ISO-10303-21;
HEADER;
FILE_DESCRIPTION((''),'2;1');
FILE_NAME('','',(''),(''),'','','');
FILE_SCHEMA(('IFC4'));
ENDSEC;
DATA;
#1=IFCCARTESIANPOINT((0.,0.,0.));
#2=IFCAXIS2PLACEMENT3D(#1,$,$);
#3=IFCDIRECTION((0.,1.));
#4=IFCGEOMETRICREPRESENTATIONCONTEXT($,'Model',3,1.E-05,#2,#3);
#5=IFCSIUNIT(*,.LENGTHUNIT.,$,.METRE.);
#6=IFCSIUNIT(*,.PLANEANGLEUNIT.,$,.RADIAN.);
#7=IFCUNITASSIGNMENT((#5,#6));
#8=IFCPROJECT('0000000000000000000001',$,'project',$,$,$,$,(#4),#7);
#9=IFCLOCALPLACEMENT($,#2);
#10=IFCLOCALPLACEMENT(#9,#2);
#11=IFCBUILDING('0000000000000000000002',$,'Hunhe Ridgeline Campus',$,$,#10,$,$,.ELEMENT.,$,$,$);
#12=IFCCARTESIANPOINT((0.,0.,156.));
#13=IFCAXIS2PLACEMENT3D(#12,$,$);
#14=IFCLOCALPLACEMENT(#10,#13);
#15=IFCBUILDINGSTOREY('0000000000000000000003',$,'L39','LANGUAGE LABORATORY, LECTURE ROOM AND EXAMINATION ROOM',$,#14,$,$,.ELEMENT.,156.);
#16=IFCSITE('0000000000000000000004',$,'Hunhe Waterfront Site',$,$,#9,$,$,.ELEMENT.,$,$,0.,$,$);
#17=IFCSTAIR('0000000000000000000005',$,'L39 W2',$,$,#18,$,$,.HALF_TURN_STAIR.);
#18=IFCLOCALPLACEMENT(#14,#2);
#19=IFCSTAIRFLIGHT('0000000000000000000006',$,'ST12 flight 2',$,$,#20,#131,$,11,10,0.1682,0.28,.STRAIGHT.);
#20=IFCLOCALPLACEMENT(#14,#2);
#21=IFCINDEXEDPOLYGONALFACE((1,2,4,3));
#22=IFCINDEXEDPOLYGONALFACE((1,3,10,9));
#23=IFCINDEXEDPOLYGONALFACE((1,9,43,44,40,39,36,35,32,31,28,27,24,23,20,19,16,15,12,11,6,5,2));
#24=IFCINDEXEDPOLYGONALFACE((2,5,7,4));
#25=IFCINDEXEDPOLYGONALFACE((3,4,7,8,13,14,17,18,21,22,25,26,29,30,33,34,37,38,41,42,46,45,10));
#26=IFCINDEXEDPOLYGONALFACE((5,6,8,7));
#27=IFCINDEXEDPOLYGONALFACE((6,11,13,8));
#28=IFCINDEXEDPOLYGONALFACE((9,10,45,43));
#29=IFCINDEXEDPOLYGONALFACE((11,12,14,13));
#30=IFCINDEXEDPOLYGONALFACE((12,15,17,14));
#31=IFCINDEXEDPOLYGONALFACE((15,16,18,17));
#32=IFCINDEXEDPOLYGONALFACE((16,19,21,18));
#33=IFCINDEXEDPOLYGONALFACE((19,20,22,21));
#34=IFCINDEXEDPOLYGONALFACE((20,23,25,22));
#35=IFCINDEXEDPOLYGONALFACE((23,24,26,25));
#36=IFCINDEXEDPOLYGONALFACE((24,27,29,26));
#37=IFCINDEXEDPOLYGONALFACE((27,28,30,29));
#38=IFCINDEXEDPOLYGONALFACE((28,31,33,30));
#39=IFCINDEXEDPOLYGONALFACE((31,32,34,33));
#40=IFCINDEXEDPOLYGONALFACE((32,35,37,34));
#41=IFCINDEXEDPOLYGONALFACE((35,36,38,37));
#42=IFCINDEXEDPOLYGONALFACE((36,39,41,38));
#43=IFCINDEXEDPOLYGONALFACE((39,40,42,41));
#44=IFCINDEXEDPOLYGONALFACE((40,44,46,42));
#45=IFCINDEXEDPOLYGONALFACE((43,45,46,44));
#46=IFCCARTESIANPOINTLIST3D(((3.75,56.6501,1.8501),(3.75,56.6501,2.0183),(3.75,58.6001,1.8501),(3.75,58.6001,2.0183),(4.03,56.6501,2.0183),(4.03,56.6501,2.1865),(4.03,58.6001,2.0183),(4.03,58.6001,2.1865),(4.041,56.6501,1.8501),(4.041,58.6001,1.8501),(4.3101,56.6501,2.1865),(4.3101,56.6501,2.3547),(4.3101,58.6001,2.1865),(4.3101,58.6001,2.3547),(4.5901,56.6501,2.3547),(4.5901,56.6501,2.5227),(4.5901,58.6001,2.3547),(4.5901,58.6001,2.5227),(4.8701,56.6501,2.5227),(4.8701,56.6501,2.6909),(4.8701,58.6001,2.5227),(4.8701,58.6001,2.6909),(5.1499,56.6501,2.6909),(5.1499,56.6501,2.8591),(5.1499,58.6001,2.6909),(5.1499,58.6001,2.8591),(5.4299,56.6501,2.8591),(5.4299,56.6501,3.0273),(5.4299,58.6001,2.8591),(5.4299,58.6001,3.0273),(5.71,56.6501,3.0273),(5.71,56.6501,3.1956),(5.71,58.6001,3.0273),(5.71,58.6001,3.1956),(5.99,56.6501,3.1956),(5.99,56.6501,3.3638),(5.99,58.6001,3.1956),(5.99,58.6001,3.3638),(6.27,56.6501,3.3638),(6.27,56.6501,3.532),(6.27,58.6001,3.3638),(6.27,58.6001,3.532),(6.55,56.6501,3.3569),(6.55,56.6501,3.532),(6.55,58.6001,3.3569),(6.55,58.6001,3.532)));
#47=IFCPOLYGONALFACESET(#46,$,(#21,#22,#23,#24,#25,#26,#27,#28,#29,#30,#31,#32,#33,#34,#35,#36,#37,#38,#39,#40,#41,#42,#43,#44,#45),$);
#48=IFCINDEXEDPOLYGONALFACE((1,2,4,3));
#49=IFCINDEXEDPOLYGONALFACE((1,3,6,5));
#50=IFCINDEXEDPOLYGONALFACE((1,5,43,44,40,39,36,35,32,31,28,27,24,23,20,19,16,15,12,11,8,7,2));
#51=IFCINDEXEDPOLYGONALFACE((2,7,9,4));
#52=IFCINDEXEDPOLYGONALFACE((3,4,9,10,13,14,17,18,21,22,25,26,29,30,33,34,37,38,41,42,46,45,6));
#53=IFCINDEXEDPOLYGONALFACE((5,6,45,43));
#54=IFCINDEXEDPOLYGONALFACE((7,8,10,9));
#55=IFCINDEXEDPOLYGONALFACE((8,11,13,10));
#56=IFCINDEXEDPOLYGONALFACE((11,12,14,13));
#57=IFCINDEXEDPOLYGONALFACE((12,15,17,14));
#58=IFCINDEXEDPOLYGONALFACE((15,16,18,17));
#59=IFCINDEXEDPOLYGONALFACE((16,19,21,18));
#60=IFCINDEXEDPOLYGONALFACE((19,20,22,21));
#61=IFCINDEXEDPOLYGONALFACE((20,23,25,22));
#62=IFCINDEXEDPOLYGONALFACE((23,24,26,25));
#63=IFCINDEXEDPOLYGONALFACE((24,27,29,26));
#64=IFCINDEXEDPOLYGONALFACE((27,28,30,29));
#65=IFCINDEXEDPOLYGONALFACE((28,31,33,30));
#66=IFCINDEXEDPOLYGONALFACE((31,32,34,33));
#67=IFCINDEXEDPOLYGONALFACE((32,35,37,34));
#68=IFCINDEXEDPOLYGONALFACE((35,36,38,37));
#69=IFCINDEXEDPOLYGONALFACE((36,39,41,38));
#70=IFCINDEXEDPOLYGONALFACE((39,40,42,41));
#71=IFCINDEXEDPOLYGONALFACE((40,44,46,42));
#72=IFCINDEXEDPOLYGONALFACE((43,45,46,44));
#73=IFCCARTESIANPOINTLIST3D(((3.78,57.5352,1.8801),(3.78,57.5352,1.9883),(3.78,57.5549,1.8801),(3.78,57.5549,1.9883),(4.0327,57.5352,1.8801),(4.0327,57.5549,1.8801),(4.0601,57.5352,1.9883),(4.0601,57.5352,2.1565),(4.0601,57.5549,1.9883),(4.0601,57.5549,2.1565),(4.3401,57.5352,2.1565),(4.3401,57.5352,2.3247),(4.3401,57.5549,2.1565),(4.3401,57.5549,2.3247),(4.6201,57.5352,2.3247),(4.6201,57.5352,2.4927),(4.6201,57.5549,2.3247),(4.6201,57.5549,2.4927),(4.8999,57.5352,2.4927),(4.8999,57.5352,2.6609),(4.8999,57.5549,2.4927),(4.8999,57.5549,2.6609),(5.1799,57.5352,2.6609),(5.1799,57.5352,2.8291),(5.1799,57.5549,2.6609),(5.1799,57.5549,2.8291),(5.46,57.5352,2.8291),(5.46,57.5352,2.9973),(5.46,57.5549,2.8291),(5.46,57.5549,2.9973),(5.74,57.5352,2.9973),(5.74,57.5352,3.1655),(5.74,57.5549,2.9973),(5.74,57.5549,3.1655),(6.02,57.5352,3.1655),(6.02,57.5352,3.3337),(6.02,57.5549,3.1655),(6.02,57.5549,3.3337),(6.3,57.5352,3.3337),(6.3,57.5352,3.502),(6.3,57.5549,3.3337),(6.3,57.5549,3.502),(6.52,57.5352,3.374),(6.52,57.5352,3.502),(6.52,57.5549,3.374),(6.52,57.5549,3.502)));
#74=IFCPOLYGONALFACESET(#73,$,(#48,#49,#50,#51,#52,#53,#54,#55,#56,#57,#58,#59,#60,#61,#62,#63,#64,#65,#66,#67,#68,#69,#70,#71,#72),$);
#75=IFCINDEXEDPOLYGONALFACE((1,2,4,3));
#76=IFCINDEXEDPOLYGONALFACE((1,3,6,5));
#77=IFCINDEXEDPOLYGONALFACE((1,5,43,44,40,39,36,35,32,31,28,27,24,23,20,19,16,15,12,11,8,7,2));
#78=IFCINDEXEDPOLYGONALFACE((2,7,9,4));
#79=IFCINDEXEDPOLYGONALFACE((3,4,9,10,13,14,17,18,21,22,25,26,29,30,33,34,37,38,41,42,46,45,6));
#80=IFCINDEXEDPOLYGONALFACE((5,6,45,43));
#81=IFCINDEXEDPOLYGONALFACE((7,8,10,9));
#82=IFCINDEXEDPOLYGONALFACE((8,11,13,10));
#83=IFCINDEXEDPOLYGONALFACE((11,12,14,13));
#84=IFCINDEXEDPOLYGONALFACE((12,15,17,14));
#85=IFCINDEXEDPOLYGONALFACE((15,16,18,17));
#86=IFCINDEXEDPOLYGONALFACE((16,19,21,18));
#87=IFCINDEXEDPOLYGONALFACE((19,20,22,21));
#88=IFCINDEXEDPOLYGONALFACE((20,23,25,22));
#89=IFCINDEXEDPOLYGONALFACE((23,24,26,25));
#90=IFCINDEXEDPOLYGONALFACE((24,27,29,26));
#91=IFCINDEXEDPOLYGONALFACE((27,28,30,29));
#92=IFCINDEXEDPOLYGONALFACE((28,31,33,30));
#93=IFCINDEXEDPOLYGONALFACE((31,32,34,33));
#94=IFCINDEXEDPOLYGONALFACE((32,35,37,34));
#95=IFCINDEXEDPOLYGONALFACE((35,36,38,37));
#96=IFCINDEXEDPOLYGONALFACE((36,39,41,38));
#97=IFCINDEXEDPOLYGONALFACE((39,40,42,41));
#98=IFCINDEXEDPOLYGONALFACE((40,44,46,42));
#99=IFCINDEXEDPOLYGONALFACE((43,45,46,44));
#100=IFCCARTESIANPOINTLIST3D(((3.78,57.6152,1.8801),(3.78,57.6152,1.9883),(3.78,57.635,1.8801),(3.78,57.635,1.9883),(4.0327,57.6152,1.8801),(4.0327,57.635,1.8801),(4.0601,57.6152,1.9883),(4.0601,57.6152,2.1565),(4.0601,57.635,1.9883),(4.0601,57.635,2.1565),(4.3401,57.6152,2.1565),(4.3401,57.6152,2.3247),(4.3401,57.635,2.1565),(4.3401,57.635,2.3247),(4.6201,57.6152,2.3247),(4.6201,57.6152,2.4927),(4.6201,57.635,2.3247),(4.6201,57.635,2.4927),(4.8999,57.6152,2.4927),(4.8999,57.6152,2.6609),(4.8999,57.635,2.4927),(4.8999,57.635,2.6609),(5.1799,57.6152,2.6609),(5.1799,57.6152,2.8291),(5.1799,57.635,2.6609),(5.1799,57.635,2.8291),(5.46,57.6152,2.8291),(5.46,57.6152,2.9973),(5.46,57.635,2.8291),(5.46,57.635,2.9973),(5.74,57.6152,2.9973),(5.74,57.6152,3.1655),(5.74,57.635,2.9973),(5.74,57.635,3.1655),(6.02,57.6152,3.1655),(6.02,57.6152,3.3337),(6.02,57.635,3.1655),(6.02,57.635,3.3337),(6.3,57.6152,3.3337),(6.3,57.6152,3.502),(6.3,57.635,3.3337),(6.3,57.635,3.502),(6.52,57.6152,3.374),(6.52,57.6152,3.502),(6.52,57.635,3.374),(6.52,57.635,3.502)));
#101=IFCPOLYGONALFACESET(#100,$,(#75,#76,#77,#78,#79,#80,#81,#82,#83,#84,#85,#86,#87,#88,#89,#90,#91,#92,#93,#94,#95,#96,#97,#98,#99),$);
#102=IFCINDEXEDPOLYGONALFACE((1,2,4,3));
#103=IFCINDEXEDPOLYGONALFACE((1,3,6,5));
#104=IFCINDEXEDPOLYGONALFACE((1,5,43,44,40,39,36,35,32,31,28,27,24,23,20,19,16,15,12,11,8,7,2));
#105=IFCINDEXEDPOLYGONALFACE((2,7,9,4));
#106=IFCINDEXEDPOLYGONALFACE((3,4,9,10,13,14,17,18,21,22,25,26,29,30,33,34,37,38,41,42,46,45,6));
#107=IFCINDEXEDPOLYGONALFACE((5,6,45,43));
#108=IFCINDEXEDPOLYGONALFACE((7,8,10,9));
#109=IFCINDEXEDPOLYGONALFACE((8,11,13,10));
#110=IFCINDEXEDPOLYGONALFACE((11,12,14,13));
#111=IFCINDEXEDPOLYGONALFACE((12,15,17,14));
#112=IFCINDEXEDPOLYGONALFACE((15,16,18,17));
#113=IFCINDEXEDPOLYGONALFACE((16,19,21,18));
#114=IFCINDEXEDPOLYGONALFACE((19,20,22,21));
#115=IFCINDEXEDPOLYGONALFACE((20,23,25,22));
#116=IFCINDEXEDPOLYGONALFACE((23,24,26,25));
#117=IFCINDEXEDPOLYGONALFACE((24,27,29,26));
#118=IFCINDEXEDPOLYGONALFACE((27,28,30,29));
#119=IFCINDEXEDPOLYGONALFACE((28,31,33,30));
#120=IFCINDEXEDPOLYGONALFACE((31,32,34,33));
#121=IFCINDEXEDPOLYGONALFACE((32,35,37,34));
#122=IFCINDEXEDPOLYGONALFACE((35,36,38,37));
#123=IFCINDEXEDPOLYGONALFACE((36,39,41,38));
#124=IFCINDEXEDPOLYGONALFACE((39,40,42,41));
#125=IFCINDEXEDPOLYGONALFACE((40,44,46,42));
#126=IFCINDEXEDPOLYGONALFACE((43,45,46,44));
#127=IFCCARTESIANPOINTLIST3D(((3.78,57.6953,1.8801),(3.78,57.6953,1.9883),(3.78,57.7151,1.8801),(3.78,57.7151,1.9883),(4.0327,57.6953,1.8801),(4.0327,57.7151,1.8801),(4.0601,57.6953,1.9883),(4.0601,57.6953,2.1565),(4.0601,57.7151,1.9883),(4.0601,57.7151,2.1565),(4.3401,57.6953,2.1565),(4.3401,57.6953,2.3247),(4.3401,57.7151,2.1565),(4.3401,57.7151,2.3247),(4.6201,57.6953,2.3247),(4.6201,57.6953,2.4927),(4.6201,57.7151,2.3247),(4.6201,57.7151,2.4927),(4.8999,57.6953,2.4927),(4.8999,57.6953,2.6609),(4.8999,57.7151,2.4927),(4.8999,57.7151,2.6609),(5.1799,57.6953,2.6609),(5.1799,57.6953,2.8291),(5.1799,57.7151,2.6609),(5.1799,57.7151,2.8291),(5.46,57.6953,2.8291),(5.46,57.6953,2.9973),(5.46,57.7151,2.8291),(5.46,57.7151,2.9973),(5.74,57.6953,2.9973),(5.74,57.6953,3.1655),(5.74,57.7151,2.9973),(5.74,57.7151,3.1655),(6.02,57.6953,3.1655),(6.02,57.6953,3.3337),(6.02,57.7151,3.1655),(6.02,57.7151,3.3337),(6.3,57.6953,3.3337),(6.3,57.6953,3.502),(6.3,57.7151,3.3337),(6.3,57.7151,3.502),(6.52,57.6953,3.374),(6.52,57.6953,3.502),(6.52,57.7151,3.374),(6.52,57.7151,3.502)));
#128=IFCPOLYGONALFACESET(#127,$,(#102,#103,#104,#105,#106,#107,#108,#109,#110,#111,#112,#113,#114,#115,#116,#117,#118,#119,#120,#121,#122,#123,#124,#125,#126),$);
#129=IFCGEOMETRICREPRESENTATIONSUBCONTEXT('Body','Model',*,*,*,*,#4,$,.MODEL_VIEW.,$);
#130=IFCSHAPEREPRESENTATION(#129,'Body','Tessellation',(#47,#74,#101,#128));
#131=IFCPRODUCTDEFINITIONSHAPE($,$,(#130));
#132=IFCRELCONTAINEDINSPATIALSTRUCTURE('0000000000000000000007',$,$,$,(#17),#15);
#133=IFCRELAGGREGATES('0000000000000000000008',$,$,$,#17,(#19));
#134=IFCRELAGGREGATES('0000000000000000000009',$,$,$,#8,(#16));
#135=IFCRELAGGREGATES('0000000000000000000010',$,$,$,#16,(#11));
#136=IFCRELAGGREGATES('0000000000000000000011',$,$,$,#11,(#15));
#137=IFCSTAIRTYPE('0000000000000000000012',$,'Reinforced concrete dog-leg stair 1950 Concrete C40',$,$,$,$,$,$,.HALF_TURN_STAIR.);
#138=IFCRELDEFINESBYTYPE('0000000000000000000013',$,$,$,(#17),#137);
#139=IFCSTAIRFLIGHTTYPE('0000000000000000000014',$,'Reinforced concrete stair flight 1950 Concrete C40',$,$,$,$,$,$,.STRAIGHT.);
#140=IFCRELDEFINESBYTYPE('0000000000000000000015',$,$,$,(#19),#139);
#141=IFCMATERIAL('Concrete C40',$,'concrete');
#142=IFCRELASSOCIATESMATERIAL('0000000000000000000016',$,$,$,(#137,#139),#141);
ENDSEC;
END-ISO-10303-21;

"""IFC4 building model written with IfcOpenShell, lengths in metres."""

from ifc_helpers import new_model, si_unit, direction, frame, origin, place, context, subcontext, project, spatial, polyline, outline, extrude, material, type_object, element, aggregate, save


model = new_model("IFC4")

# Units and contexts
model_context = context("Model", 3, precision=1e-05, world=origin(), true_north=direction((0.0, 1.0)))
body_context = subcontext(model_context, "Body", "Model", "MODEL_VIEW")
ifc_project = project(units=[si_unit("LENGTHUNIT", "METRE"), si_unit("PLANEANGLEUNIT", "RADIAN")], contexts=[model_context])

# Site, building, storey
site_placement = place(None, origin())
site = spatial("IfcSite", under=ifc_project, at=site_placement, Name="Hunhe Waterfront Site", CompositionType="ELEMENT", RefElevation=0.0)
building_placement = place(site_placement, origin())
building = spatial("IfcBuilding", under=site, at=building_placement, Name="Hunhe Ridgeline Campus", CompositionType="ELEMENT")
storey_placement = place(building_placement, frame((0.0, 0.0, 156.0)))
storey = spatial("IfcBuildingStorey", under=building, at=storey_placement, Name="L39", Description="LANGUAGE LABORATORY, LECTURE ROOM AND EXAMINATION ROOM", CompositionType="ELEMENT", Elevation=156.0)

# Stair, stair flight
ifc_material_1 = material(Name="Concrete C40", Category="concrete")
stair_type = type_object("IfcStairType", Name="Reinforced concrete dog-leg stair 1950 Concrete C40", PredefinedType="HALF_TURN_STAIR", material=ifc_material_1)
stair_flight_type = type_object("IfcStairFlightType", Name="Reinforced concrete stair flight 1950 Concrete C40", PredefinedType="STRAIGHT", material=ifc_material_1)
stair_1_placement = place(storey_placement, origin())
stair_1 = element("IfcStair", 1, at=stair_1_placement, inside=storey, type_object=stair_type, Name="L39 W2", PredefinedType="HALF_TURN_STAIR")
stair_flight_1_placement = place(storey_placement, frame((3.75, 57.625, 1.8501), z_axis=(0.0, 0.0, 1.0), x_axis=(1.0, 0.0, 0.0)))
stair_flight_1 = element("IfcStairFlight", 2, at=stair_flight_1_placement, type_object=stair_flight_type, Name="ST12 flight 2", NumberOfRisers=11, NumberOfTreads=10, PredefinedType="STRAIGHT", RiserHeight=0.1682, TreadLength=0.28, context=body_context, shape_type="SweptSolid", body=[
    extrude(outline(polyline([(0.0, 0.0), (0.0, 0.1682), (0.28, 0.1682), (0.28, 0.3364), (0.5601, 0.3364), (0.5601, 0.5046), (0.8401, 0.5046), (0.8401, 0.6726), (1.1201, 0.6726), (1.1201, 0.8408), (1.3999, 0.8408), (1.3999, 1.009), (1.6799, 1.009), (1.6799, 1.1772), (1.96, 1.1772), (1.96, 1.3455), (2.24, 1.3455), (2.24, 1.5137), (2.52, 1.5137), (2.52, 1.6819), (2.8, 1.6819), (2.8, 1.8501), (2.8, 1.5068), (0.291, 0.0), (0.0, 0.0)])), frame((0.0, 0.9751, 0.0), z_axis=(0.0, -1.0, 0.0), x_axis=(1.0, 0.0, 0.0)), (0.0, 0.0, 1.0), 1.95),
    extrude(outline(polyline([(0.03, 0.03), (0.03, 0.1382), (0.3101, 0.1382), (0.3101, 0.3064), (0.5901, 0.3064), (0.5901, 0.4746), (0.8701, 0.4746), (0.8701, 0.6426), (1.1499, 0.6426), (1.1499, 0.8108), (1.4299, 0.8108), (1.4299, 0.979), (1.71, 0.979), (1.71, 1.1472), (1.99, 1.1472), (1.99, 1.3154), (2.27, 1.3154), (2.27, 1.4836), (2.55, 1.4836), (2.55, 1.6519), (2.77, 1.6519), (2.77, 1.5239), (0.2827, 0.03), (0.03, 0.03)])), frame((0.0, -0.0701, 0.0), z_axis=(0.0, -1.0, 0.0), x_axis=(1.0, 0.0, 0.0)), (0.0, 0.0, 1.0), 0.0198),
    extrude(outline(polyline([(0.03, 0.03), (0.03, 0.1382), (0.3101, 0.1382), (0.3101, 0.3064), (0.5901, 0.3064), (0.5901, 0.4746), (0.8701, 0.4746), (0.8701, 0.6426), (1.1499, 0.6426), (1.1499, 0.8108), (1.4299, 0.8108), (1.4299, 0.979), (1.71, 0.979), (1.71, 1.1472), (1.99, 1.1472), (1.99, 1.3154), (2.27, 1.3154), (2.27, 1.4836), (2.55, 1.4836), (2.55, 1.6519), (2.77, 1.6519), (2.77, 1.5239), (0.2827, 0.03), (0.03, 0.03)])), frame((0.0, 0.01, 0.0), z_axis=(0.0, -1.0, 0.0), x_axis=(1.0, 0.0, 0.0)), (0.0, 0.0, 1.0), 0.0198),
    extrude(outline(polyline([(0.03, 0.03), (0.03, 0.1382), (0.3101, 0.1382), (0.3101, 0.3064), (0.5901, 0.3064), (0.5901, 0.4746), (0.8701, 0.4746), (0.8701, 0.6426), (1.1499, 0.6426), (1.1499, 0.8108), (1.4299, 0.8108), (1.4299, 0.979), (1.71, 0.979), (1.71, 1.1472), (1.99, 1.1472), (1.99, 1.3154), (2.27, 1.3154), (2.27, 1.4836), (2.55, 1.4836), (2.55, 1.6519), (2.77, 1.6519), (2.77, 1.5239), (0.2827, 0.03), (0.03, 0.03)])), frame((0.0, 0.0901, 0.0), z_axis=(0.0, -1.0, 0.0), x_axis=(1.0, 0.0, 0.0)), (0.0, 0.0, 1.0), 0.0198),
])
aggregate(stair_1, [stair_flight_1])

save(model, "model.ifc")
